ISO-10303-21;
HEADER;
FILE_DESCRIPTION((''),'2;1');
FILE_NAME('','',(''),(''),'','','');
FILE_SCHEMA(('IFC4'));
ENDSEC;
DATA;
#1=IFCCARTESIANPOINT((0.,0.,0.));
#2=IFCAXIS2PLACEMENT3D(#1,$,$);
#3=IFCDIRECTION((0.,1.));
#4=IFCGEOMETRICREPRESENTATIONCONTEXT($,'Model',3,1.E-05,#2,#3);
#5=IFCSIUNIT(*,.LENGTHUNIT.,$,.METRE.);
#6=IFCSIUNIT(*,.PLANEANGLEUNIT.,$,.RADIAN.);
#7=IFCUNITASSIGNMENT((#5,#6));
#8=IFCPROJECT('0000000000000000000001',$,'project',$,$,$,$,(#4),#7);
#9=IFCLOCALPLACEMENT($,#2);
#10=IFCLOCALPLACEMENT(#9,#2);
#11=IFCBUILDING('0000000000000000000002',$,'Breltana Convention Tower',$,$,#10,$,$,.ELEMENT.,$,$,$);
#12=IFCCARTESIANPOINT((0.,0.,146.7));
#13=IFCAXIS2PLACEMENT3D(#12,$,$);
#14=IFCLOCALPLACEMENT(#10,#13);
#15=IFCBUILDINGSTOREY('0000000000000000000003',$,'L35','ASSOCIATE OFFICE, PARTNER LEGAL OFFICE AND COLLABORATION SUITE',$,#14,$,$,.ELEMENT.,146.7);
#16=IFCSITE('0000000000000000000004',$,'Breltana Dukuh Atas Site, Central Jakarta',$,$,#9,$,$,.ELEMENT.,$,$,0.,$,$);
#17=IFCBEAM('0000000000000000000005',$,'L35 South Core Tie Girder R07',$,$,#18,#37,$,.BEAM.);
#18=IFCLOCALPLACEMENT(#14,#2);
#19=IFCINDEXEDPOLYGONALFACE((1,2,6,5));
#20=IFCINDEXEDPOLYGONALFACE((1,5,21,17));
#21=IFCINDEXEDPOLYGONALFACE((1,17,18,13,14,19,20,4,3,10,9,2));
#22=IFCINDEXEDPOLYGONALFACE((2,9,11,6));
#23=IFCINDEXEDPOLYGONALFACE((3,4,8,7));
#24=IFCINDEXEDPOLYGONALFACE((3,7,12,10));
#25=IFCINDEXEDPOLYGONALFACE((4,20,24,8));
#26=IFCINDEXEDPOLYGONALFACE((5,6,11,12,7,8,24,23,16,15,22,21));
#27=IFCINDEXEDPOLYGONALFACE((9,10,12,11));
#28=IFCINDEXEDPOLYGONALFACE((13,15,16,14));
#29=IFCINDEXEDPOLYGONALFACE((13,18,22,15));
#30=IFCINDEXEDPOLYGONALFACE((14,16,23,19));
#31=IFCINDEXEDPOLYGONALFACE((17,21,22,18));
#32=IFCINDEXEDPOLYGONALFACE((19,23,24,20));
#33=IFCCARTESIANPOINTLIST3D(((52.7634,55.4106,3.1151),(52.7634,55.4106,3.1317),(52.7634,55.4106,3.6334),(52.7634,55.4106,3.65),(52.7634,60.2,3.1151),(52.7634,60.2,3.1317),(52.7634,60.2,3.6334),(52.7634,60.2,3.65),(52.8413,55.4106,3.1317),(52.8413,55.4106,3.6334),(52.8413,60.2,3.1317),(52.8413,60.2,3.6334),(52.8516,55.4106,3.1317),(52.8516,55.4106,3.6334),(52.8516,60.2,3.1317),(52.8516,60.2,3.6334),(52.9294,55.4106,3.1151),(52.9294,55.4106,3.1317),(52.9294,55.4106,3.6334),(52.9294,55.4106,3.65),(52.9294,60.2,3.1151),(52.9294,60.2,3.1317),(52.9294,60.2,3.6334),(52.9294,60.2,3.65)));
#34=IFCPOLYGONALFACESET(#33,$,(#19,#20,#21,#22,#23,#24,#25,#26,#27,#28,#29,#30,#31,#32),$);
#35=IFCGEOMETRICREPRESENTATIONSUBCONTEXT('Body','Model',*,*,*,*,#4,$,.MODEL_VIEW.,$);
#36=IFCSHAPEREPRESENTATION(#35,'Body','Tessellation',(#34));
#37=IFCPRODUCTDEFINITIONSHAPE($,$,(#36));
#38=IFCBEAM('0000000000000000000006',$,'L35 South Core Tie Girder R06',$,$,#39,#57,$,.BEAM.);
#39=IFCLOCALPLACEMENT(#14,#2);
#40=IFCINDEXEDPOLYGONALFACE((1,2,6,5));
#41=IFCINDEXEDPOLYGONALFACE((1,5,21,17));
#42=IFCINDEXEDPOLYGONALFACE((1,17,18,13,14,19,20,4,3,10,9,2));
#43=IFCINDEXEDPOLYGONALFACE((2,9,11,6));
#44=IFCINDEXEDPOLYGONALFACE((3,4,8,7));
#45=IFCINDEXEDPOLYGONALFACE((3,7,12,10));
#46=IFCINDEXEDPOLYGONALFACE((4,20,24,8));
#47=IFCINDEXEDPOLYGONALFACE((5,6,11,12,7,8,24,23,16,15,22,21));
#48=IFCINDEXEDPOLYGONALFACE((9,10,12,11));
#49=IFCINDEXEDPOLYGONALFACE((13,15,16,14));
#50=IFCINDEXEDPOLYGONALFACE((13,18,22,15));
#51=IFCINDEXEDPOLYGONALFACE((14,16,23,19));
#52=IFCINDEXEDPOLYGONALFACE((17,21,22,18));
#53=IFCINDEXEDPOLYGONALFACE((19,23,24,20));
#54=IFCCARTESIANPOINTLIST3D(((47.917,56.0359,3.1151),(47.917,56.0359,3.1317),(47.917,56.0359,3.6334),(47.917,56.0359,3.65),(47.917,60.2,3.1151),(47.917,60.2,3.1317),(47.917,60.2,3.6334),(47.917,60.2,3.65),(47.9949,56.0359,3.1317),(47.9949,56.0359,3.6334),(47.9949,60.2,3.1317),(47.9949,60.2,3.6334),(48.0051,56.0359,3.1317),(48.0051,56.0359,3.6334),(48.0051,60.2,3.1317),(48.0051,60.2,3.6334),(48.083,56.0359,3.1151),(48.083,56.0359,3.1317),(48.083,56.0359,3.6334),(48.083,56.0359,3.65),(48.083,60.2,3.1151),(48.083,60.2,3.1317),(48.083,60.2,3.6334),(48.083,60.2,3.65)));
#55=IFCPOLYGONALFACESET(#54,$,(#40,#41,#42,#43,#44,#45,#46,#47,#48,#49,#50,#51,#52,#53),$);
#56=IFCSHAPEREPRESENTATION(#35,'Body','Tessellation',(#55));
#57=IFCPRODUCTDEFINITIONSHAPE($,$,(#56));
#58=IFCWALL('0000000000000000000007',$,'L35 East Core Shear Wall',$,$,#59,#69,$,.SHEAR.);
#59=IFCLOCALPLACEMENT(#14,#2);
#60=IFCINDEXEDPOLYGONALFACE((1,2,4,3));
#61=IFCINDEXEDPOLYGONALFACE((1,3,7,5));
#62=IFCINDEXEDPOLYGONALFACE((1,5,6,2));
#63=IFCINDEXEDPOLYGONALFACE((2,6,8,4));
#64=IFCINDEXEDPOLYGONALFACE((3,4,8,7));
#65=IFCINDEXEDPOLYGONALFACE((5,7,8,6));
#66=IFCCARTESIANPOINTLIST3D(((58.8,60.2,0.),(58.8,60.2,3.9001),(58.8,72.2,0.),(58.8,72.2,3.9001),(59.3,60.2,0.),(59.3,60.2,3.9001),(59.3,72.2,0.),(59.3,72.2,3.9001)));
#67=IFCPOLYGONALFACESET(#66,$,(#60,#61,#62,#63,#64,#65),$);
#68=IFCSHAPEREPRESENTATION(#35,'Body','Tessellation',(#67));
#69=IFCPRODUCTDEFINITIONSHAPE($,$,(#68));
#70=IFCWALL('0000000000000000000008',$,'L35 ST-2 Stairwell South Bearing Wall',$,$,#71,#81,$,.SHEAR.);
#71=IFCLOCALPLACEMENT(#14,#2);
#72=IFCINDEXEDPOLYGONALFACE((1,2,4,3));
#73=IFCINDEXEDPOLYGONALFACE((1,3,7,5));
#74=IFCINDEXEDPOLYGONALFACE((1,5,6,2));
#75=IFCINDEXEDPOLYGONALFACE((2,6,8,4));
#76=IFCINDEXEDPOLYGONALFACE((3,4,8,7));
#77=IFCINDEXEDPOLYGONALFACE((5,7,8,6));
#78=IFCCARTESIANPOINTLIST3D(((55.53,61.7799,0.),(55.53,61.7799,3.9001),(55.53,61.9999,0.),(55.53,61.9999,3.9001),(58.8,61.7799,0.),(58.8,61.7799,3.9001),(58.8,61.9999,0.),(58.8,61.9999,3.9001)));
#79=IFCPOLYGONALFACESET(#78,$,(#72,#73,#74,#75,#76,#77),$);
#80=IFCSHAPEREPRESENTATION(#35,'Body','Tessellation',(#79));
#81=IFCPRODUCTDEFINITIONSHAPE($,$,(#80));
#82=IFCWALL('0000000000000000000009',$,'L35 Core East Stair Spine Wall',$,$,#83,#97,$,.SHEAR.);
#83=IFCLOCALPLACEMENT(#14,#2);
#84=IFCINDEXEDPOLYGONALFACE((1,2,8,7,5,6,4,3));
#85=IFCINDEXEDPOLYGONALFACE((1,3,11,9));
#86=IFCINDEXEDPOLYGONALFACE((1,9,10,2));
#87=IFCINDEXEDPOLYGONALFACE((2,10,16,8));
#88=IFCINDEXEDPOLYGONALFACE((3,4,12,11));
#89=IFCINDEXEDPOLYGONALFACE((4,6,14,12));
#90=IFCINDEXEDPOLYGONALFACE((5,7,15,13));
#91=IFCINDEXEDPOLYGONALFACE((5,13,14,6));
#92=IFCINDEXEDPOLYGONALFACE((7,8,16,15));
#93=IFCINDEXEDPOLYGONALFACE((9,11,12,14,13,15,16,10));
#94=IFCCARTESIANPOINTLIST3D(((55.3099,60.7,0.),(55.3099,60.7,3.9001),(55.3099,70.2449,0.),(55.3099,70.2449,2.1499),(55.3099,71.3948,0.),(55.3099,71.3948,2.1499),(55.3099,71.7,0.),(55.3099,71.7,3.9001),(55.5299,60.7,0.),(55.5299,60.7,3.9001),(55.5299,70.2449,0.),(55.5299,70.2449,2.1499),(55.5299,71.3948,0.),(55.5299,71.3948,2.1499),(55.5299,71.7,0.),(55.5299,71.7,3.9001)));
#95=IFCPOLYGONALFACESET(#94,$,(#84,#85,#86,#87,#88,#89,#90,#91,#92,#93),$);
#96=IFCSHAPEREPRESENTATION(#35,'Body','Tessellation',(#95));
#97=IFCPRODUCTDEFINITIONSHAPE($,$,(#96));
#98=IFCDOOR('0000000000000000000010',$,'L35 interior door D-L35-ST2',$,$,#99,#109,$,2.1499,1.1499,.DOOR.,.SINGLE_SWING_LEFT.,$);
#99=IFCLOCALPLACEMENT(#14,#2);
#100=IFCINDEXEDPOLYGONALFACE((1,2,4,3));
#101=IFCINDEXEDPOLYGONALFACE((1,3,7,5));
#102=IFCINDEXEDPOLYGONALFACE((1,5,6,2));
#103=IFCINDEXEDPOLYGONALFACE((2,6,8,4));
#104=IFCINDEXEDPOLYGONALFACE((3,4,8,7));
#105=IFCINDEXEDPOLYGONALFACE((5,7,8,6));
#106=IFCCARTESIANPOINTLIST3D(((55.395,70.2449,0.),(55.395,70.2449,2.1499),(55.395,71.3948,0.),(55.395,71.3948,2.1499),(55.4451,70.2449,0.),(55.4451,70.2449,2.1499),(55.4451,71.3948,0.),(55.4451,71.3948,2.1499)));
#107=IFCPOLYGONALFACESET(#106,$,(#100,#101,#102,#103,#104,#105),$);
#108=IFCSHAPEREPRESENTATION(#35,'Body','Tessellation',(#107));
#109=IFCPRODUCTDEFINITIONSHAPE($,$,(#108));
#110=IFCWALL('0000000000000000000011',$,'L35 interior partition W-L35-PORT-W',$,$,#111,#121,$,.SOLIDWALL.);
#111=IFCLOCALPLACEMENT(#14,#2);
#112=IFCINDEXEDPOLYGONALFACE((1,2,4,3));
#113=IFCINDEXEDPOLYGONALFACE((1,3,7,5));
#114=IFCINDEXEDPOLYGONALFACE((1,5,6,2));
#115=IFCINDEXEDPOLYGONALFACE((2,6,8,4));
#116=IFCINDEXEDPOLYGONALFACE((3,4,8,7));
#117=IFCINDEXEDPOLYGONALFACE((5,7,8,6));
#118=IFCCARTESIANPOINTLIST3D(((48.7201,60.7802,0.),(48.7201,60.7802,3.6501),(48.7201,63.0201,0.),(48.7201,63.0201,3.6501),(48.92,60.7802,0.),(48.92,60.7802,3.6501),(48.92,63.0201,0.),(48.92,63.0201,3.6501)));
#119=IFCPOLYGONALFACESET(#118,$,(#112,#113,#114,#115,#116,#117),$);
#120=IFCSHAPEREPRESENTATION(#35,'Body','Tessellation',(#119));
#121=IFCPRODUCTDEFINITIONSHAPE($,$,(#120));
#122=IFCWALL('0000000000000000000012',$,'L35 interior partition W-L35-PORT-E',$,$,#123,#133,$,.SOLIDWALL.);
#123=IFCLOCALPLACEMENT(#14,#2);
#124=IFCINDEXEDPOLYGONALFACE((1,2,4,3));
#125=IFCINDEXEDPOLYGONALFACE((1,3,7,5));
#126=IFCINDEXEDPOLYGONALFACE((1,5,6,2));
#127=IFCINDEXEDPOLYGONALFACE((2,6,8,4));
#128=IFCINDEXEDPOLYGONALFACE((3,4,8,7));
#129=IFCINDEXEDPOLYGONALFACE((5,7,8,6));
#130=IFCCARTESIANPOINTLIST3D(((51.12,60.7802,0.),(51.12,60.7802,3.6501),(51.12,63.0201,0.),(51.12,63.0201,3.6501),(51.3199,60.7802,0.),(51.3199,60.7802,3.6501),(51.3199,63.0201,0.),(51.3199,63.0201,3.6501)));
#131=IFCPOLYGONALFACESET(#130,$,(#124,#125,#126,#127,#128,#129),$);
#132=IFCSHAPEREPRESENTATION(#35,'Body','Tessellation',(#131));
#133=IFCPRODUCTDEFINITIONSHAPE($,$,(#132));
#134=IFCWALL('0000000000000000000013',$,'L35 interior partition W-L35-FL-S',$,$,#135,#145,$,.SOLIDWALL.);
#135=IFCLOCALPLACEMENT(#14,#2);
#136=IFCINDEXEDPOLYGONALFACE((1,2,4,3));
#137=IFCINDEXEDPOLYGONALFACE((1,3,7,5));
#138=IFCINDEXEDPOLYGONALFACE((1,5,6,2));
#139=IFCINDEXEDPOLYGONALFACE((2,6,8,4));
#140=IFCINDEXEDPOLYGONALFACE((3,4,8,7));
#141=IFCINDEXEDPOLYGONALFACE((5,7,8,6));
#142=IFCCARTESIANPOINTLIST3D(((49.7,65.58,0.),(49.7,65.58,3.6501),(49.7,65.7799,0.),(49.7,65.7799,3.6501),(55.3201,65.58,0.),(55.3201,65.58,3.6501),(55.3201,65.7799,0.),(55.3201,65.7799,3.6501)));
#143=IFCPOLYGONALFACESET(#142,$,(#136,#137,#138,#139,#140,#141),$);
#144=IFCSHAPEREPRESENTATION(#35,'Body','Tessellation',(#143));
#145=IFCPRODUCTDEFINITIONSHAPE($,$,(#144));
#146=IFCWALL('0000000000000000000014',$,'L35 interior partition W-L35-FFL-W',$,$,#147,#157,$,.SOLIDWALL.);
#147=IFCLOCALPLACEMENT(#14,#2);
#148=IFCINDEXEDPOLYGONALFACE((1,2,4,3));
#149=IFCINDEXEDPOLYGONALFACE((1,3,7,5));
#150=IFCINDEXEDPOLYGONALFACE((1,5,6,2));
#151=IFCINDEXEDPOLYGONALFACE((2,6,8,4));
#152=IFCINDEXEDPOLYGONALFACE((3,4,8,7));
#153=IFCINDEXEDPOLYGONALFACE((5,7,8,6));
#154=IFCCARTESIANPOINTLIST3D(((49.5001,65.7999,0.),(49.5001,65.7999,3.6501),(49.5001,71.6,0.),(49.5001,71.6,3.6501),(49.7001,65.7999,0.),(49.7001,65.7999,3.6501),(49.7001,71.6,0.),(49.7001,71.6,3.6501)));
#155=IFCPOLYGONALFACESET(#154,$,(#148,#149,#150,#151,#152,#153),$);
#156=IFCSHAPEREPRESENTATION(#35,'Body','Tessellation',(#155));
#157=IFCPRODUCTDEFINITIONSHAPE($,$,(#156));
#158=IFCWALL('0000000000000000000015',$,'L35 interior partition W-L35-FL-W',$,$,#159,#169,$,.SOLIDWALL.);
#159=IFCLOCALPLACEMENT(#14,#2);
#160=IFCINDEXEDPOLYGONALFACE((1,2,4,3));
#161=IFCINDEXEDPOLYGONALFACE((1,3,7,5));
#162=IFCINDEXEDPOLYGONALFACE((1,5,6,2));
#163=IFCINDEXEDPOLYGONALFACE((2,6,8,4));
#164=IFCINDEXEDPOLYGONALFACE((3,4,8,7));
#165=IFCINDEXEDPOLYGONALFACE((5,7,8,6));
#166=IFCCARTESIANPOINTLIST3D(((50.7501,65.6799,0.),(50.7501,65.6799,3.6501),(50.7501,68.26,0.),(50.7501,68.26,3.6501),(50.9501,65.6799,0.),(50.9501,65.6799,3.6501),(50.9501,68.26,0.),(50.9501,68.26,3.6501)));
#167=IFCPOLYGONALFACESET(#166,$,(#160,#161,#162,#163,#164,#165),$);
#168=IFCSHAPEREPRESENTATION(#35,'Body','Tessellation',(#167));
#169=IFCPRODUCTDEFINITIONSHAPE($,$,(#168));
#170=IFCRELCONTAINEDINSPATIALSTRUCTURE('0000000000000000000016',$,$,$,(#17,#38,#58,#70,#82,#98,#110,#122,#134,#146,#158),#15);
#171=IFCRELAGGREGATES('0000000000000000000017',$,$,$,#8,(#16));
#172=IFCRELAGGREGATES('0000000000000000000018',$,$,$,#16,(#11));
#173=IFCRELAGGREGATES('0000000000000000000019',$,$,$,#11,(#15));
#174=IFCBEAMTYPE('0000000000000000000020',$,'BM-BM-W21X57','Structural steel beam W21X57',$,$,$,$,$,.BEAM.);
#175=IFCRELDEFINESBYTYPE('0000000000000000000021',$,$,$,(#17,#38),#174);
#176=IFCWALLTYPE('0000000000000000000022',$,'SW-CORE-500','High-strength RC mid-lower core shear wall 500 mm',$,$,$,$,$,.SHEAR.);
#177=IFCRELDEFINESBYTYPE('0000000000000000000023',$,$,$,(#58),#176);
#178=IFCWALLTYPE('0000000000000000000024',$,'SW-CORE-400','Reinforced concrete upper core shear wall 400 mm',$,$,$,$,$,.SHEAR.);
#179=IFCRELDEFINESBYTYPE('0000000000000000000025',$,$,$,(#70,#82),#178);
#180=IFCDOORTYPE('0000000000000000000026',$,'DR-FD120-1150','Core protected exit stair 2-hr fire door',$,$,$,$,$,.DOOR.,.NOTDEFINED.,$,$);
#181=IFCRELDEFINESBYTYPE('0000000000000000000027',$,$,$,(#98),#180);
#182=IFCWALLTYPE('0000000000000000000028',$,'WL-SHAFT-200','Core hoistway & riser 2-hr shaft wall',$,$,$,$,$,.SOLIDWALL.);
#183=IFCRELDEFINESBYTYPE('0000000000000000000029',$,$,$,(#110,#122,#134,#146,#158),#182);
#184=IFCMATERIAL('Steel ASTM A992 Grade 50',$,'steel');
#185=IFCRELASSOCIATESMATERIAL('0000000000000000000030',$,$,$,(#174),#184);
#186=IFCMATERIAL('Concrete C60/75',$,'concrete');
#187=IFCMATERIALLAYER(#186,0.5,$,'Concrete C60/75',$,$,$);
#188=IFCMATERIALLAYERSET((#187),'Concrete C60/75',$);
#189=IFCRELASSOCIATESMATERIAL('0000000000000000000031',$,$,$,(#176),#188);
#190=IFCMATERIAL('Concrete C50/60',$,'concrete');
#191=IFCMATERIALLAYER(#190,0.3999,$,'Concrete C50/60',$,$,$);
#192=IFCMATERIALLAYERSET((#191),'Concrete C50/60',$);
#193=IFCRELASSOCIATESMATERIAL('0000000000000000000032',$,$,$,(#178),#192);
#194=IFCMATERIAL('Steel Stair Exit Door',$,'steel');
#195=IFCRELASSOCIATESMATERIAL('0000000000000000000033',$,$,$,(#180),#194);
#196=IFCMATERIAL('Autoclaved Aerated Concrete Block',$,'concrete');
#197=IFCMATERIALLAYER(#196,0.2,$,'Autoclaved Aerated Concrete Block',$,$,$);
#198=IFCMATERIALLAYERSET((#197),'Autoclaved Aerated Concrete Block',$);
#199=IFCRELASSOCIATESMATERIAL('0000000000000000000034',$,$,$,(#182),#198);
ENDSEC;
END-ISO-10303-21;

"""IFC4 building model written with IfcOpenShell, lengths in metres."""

from ifc_helpers import new_model, si_unit, direction, frame, frame_2d, origin, origin_2d, place, context, subcontext, project, spatial, rectangle, i_section, extrude, source, transform, mapped, material, layer, layer_set, material_profile, profile_set, type_object, type_shapes, element, fill, save


model = new_model("IFC4")

# Units and contexts
model_context = context("Model", 3, precision=1e-05, world=origin(), true_north=direction((0.0, 1.0)))
body_context = subcontext(model_context, "Body", "Model", "MODEL_VIEW")
ifc_project = project(units=[si_unit("LENGTHUNIT", "METRE"), si_unit("PLANEANGLEUNIT", "RADIAN")], contexts=[model_context])

# Site, building, storey
site_placement = place(None, origin())
site = spatial("IfcSite", under=ifc_project, at=site_placement, Name="Breltana Dukuh Atas Site, Central Jakarta", CompositionType="ELEMENT", RefElevation=0.0)
building_placement = place(site_placement, origin())
building = spatial("IfcBuilding", under=site, at=building_placement, Name="Breltana Convention Tower", CompositionType="ELEMENT")
storey_placement = place(building_placement, frame((0.0, 0.0, 146.7)))
storey = spatial("IfcBuildingStorey", under=building, at=storey_placement, Name="L35", Description="ASSOCIATE OFFICE, PARTNER LEGAL OFFICE AND COLLABORATION SUITE", CompositionType="ELEMENT", Elevation=146.7)

# Beams
ifc_material_1 = material(Name="Steel ASTM A992 Grade 50", Category="steel")
ifc_material_profile = material_profile(ifc_material_1, i_section(OverallWidth=0.166, OverallDepth=0.5349, WebThickness=0.0103, FlangeThickness=0.0166, at=origin_2d()), Name="W21X57")
ifc_profile_set = profile_set([ifc_material_profile], Name="Steel ASTM A992 Grade 50")
beam_type = type_object("IfcBeamType", Name="BM-BM-W21X57", Description="Structural steel beam W21X57", PredefinedType="BEAM", material=ifc_profile_set)
shared_shape_1 = source(origin(), body_context, "Body", "SweptSolid", [
    extrude(i_section(OverallWidth=0.166, OverallDepth=0.5349, WebThickness=0.0103, FlangeThickness=0.0166, at=origin_2d()), origin(), (0.0, 0.0, 1.0), 4.7893),
])
beam_1_placement = place(storey_placement, frame((52.8464, 60.2, 3.3826), z_axis=(0.0, -1.0, 0.0), x_axis=(1.0, 0.0, 0.0)))
element("IfcBeam", 1, at=beam_1_placement, inside=storey, type_object=beam_type, Name="L35 South Core Tie Girder R07", PredefinedType="BEAM", context=body_context, shape_type="MappedRepresentation", body=[
    mapped(shared_shape_1, transform((0.0, 0.0, 0.0), scale=1.0)),
])
shared_shape_2 = source(origin(), body_context, "Body", "SweptSolid", [
    extrude(i_section(OverallWidth=0.166, OverallDepth=0.5349, WebThickness=0.0103, FlangeThickness=0.0166, at=origin_2d()), origin(), (0.0, 0.0, 1.0), 4.1641),
])
beam_2_placement = place(storey_placement, frame((48.0, 60.2, 3.3826), z_axis=(0.0, -1.0, 0.0), x_axis=(1.0, 0.0, 0.0)))
element("IfcBeam", 2, at=beam_2_placement, inside=storey, type_object=beam_type, Name="L35 South Core Tie Girder R06", PredefinedType="BEAM", context=body_context, shape_type="MappedRepresentation", body=[
    mapped(shared_shape_2, transform((0.0, 0.0, 0.0), scale=1.0)),
])

# Walls
ifc_material_2 = material(Name="Concrete C60/75", Category="concrete")
ifc_layer_1 = layer(ifc_material_2, 0.5, Name="Concrete C60/75")
ifc_layer_set_1 = layer_set([ifc_layer_1], Name="Concrete C60/75")
wall_type_1 = type_object("IfcWallType", Name="SW-CORE-500", Description="High-strength RC mid-lower core shear wall 500 mm", PredefinedType="SHEAR", material=ifc_layer_set_1)
shared_shape_3 = source(origin(), body_context, "Body", "SweptSolid", [
    extrude(rectangle(XDim=12.0, YDim=0.5, at=frame_2d((6.0, 0.0))), origin(), (0.0, 0.0, 1.0), 3.9001),
])
wall_1_placement = place(storey_placement, frame((59.05, 60.2, 0.0), z_axis=(0.0, 0.0, 1.0), x_axis=(0.0, 1.0, 0.0)))
element("IfcWall", 3, at=wall_1_placement, inside=storey, type_object=wall_type_1, Name="L35 East Core Shear Wall", PredefinedType="SHEAR", context=body_context, shape_type="MappedRepresentation", body=[
    mapped(shared_shape_3, transform((0.0, 0.0, 0.0), scale=1.0)),
])
ifc_material_3 = material(Name="Concrete C50/60", Category="concrete")
ifc_layer_2 = layer(ifc_material_3, 0.3999, Name="Concrete C50/60")
ifc_layer_set_2 = layer_set([ifc_layer_2], Name="Concrete C50/60")
wall_type_2 = type_object("IfcWallType", Name="SW-CORE-400", Description="Reinforced concrete upper core shear wall 400 mm", PredefinedType="SHEAR", material=ifc_layer_set_2)
shared_shape_4 = source(origin(), body_context, "Body", "SweptSolid", [
    extrude(rectangle(XDim=3.27, YDim=0.22, at=frame_2d((1.635, 0.0))), origin(), (0.0, 0.0, 1.0), 3.9001),
])
wall_2_placement = place(storey_placement, frame((55.53, 61.8899, 0.0), z_axis=(0.0, 0.0, 1.0), x_axis=(1.0, 0.0, 0.0)))
element("IfcWall", 4, at=wall_2_placement, inside=storey, type_object=wall_type_2, Name="L35 ST-2 Stairwell South Bearing Wall", PredefinedType="SHEAR", context=body_context, shape_type="MappedRepresentation", body=[
    mapped(shared_shape_4, transform((0.0, 0.0, 0.0), scale=1.0)),
])

# Wall, opening, door
shared_shape_5 = source(origin(), body_context, "Body", "SweptSolid", [
    extrude(rectangle(XDim=11.0, YDim=0.22, at=frame_2d((5.5, 0.0))), origin(), (0.0, 0.0, 1.0), 3.9001),
])
wall_3_placement = place(storey_placement, frame((55.4199, 60.7, 0.0), z_axis=(0.0, 0.0, 1.0), x_axis=(0.0, 1.0, 0.0)))
wall_3 = element("IfcWall", 5, at=wall_3_placement, inside=storey, type_object=wall_type_2, Name="L35 Core East Stair Spine Wall", PredefinedType="SHEAR", context=body_context, shape_type="MappedRepresentation", body=[
    mapped(shared_shape_5, transform((0.0, 0.0, 0.0), scale=1.0)),
])
opening_placement = place(wall_3_placement, frame((9.5449, 0.0, 0.0)))
opening = element("IfcOpeningElement", 6, at=opening_placement, cuts=wall_3, PredefinedType="OPENING", context=body_context, shape_type="SweptSolid", body=[
    extrude(rectangle(XDim=1.1499, YDim=2.1499, at=frame_2d((0.575, 1.075))), frame((0.0, 0.1201, 0.0), z_axis=(0.0, -1.0, 0.0), x_axis=(1.0, 0.0, 0.0)), (0.0, 0.0, 1.0), 0.24),
])
ifc_material_4 = material(Name="Steel Stair Exit Door", Category="steel")
door_type = type_object("IfcDoorType", Name="DR-FD120-1150", Description="Core protected exit stair 2-hr fire door", OperationType="NOTDEFINED", PredefinedType="DOOR", material=ifc_material_4)
shared_shape_6 = source(origin(), body_context, "Body", "SweptSolid", [
    extrude(rectangle(XDim=1.1499, YDim=2.1499, at=frame_2d((0.575, 1.075))), frame((0.0, 0.0249, 0.0), z_axis=(0.0, -1.0, 0.0), x_axis=(1.0, 0.0, 0.0)), (0.0, 0.0, 1.0), 0.05),
])
type_shapes(door_type, [shared_shape_6])
door_placement = place(opening_placement, origin())
door = element("IfcDoor", 7, at=door_placement, inside=storey, type_object=door_type, Name="L35 interior door D-L35-ST2", OperationType="SINGLE_SWING_LEFT", OverallHeight=2.1499, OverallWidth=1.1499, PredefinedType="DOOR", context=body_context, shape_type="MappedRepresentation", body=[
    mapped(shared_shape_6, transform((0.0, 0.0, 0.0), scale=1.0)),
])
fill(opening, door)

# Walls
ifc_material_5 = material(Name="Autoclaved Aerated Concrete Block", Category="concrete")
ifc_layer_3 = layer(ifc_material_5, 0.2, Name="Autoclaved Aerated Concrete Block")
ifc_layer_set_3 = layer_set([ifc_layer_3], Name="Autoclaved Aerated Concrete Block")
wall_type_3 = type_object("IfcWallType", Name="WL-SHAFT-200", Description="Core hoistway & riser 2-hr shaft wall", PredefinedType="SOLIDWALL", material=ifc_layer_set_3)
shared_shape_7 = source(origin(), body_context, "Body", "SweptSolid", [
    extrude(rectangle(XDim=2.24, YDim=0.2, at=frame_2d((1.1201, 0.0))), origin(), (0.0, 0.0, 1.0), 3.6501),
])
for number, where, z_axis, x_axis, name in (
    (8, (48.8201, 60.78, 0.0), (0.0, 0.0, 1.0), (0.0, 1.0, 0.0), "L35 interior partition W-L35-PORT-W"),
    (9, (51.22, 60.78, 0.0), (0.0, 0.0, 1.0), (0.0, 1.0, 0.0), "L35 interior partition W-L35-PORT-E"),
):
    element("IfcWall", number, at=place(storey_placement, frame(where, z_axis=z_axis, x_axis=x_axis)), inside=storey, type_object=wall_type_3, Name=name, PredefinedType="SOLIDWALL", context=body_context, shape_type="MappedRepresentation", body=[
        mapped(shared_shape_7, transform((0.0, 0.0, 0.0), scale=1.0)),
    ])
shared_shape_8 = source(origin(), body_context, "Body", "SweptSolid", [
    extrude(rectangle(XDim=5.6201, YDim=0.2, at=frame_2d((2.8101, 0.0))), origin(), (0.0, 0.0, 1.0), 3.6501),
])
wall_4_placement = place(storey_placement, frame((49.7, 65.6799, 0.0), z_axis=(0.0, 0.0, 1.0), x_axis=(1.0, 0.0, 0.0)))
element("IfcWall", 10, at=wall_4_placement, inside=storey, type_object=wall_type_3, Name="L35 interior partition W-L35-FL-S", PredefinedType="SOLIDWALL", context=body_context, shape_type="MappedRepresentation", body=[
    mapped(shared_shape_8, transform((0.0, 0.0, 0.0), scale=1.0)),
])
shared_shape_9 = source(origin(), body_context, "Body", "SweptSolid", [
    extrude(rectangle(XDim=5.8, YDim=0.2, at=frame_2d((2.8999, 0.0))), origin(), (0.0, 0.0, 1.0), 3.6501),
])
wall_5_placement = place(storey_placement, frame((49.6001, 65.8, 0.0), z_axis=(0.0, 0.0, 1.0), x_axis=(0.0, 1.0, 0.0)))
element("IfcWall", 11, at=wall_5_placement, inside=storey, type_object=wall_type_3, Name="L35 interior partition W-L35-FFL-W", PredefinedType="SOLIDWALL", context=body_context, shape_type="MappedRepresentation", body=[
    mapped(shared_shape_9, transform((0.0, 0.0, 0.0), scale=1.0)),
])
shared_shape_10 = source(origin(), body_context, "Body", "SweptSolid", [
    extrude(rectangle(XDim=2.5801, YDim=0.2, at=frame_2d((1.29, 0.0))), origin(), (0.0, 0.0, 1.0), 3.6501),
])
wall_6_placement = place(storey_placement, frame((50.8501, 65.6799, 0.0), z_axis=(0.0, 0.0, 1.0), x_axis=(0.0, 1.0, 0.0)))
element("IfcWall", 12, at=wall_6_placement, inside=storey, type_object=wall_type_3, Name="L35 interior partition W-L35-FL-W", PredefinedType="SOLIDWALL", context=body_context, shape_type="MappedRepresentation", body=[
    mapped(shared_shape_10, transform((0.0, 0.0, 0.0), scale=1.0)),
])

save(model, "model.ifc")
